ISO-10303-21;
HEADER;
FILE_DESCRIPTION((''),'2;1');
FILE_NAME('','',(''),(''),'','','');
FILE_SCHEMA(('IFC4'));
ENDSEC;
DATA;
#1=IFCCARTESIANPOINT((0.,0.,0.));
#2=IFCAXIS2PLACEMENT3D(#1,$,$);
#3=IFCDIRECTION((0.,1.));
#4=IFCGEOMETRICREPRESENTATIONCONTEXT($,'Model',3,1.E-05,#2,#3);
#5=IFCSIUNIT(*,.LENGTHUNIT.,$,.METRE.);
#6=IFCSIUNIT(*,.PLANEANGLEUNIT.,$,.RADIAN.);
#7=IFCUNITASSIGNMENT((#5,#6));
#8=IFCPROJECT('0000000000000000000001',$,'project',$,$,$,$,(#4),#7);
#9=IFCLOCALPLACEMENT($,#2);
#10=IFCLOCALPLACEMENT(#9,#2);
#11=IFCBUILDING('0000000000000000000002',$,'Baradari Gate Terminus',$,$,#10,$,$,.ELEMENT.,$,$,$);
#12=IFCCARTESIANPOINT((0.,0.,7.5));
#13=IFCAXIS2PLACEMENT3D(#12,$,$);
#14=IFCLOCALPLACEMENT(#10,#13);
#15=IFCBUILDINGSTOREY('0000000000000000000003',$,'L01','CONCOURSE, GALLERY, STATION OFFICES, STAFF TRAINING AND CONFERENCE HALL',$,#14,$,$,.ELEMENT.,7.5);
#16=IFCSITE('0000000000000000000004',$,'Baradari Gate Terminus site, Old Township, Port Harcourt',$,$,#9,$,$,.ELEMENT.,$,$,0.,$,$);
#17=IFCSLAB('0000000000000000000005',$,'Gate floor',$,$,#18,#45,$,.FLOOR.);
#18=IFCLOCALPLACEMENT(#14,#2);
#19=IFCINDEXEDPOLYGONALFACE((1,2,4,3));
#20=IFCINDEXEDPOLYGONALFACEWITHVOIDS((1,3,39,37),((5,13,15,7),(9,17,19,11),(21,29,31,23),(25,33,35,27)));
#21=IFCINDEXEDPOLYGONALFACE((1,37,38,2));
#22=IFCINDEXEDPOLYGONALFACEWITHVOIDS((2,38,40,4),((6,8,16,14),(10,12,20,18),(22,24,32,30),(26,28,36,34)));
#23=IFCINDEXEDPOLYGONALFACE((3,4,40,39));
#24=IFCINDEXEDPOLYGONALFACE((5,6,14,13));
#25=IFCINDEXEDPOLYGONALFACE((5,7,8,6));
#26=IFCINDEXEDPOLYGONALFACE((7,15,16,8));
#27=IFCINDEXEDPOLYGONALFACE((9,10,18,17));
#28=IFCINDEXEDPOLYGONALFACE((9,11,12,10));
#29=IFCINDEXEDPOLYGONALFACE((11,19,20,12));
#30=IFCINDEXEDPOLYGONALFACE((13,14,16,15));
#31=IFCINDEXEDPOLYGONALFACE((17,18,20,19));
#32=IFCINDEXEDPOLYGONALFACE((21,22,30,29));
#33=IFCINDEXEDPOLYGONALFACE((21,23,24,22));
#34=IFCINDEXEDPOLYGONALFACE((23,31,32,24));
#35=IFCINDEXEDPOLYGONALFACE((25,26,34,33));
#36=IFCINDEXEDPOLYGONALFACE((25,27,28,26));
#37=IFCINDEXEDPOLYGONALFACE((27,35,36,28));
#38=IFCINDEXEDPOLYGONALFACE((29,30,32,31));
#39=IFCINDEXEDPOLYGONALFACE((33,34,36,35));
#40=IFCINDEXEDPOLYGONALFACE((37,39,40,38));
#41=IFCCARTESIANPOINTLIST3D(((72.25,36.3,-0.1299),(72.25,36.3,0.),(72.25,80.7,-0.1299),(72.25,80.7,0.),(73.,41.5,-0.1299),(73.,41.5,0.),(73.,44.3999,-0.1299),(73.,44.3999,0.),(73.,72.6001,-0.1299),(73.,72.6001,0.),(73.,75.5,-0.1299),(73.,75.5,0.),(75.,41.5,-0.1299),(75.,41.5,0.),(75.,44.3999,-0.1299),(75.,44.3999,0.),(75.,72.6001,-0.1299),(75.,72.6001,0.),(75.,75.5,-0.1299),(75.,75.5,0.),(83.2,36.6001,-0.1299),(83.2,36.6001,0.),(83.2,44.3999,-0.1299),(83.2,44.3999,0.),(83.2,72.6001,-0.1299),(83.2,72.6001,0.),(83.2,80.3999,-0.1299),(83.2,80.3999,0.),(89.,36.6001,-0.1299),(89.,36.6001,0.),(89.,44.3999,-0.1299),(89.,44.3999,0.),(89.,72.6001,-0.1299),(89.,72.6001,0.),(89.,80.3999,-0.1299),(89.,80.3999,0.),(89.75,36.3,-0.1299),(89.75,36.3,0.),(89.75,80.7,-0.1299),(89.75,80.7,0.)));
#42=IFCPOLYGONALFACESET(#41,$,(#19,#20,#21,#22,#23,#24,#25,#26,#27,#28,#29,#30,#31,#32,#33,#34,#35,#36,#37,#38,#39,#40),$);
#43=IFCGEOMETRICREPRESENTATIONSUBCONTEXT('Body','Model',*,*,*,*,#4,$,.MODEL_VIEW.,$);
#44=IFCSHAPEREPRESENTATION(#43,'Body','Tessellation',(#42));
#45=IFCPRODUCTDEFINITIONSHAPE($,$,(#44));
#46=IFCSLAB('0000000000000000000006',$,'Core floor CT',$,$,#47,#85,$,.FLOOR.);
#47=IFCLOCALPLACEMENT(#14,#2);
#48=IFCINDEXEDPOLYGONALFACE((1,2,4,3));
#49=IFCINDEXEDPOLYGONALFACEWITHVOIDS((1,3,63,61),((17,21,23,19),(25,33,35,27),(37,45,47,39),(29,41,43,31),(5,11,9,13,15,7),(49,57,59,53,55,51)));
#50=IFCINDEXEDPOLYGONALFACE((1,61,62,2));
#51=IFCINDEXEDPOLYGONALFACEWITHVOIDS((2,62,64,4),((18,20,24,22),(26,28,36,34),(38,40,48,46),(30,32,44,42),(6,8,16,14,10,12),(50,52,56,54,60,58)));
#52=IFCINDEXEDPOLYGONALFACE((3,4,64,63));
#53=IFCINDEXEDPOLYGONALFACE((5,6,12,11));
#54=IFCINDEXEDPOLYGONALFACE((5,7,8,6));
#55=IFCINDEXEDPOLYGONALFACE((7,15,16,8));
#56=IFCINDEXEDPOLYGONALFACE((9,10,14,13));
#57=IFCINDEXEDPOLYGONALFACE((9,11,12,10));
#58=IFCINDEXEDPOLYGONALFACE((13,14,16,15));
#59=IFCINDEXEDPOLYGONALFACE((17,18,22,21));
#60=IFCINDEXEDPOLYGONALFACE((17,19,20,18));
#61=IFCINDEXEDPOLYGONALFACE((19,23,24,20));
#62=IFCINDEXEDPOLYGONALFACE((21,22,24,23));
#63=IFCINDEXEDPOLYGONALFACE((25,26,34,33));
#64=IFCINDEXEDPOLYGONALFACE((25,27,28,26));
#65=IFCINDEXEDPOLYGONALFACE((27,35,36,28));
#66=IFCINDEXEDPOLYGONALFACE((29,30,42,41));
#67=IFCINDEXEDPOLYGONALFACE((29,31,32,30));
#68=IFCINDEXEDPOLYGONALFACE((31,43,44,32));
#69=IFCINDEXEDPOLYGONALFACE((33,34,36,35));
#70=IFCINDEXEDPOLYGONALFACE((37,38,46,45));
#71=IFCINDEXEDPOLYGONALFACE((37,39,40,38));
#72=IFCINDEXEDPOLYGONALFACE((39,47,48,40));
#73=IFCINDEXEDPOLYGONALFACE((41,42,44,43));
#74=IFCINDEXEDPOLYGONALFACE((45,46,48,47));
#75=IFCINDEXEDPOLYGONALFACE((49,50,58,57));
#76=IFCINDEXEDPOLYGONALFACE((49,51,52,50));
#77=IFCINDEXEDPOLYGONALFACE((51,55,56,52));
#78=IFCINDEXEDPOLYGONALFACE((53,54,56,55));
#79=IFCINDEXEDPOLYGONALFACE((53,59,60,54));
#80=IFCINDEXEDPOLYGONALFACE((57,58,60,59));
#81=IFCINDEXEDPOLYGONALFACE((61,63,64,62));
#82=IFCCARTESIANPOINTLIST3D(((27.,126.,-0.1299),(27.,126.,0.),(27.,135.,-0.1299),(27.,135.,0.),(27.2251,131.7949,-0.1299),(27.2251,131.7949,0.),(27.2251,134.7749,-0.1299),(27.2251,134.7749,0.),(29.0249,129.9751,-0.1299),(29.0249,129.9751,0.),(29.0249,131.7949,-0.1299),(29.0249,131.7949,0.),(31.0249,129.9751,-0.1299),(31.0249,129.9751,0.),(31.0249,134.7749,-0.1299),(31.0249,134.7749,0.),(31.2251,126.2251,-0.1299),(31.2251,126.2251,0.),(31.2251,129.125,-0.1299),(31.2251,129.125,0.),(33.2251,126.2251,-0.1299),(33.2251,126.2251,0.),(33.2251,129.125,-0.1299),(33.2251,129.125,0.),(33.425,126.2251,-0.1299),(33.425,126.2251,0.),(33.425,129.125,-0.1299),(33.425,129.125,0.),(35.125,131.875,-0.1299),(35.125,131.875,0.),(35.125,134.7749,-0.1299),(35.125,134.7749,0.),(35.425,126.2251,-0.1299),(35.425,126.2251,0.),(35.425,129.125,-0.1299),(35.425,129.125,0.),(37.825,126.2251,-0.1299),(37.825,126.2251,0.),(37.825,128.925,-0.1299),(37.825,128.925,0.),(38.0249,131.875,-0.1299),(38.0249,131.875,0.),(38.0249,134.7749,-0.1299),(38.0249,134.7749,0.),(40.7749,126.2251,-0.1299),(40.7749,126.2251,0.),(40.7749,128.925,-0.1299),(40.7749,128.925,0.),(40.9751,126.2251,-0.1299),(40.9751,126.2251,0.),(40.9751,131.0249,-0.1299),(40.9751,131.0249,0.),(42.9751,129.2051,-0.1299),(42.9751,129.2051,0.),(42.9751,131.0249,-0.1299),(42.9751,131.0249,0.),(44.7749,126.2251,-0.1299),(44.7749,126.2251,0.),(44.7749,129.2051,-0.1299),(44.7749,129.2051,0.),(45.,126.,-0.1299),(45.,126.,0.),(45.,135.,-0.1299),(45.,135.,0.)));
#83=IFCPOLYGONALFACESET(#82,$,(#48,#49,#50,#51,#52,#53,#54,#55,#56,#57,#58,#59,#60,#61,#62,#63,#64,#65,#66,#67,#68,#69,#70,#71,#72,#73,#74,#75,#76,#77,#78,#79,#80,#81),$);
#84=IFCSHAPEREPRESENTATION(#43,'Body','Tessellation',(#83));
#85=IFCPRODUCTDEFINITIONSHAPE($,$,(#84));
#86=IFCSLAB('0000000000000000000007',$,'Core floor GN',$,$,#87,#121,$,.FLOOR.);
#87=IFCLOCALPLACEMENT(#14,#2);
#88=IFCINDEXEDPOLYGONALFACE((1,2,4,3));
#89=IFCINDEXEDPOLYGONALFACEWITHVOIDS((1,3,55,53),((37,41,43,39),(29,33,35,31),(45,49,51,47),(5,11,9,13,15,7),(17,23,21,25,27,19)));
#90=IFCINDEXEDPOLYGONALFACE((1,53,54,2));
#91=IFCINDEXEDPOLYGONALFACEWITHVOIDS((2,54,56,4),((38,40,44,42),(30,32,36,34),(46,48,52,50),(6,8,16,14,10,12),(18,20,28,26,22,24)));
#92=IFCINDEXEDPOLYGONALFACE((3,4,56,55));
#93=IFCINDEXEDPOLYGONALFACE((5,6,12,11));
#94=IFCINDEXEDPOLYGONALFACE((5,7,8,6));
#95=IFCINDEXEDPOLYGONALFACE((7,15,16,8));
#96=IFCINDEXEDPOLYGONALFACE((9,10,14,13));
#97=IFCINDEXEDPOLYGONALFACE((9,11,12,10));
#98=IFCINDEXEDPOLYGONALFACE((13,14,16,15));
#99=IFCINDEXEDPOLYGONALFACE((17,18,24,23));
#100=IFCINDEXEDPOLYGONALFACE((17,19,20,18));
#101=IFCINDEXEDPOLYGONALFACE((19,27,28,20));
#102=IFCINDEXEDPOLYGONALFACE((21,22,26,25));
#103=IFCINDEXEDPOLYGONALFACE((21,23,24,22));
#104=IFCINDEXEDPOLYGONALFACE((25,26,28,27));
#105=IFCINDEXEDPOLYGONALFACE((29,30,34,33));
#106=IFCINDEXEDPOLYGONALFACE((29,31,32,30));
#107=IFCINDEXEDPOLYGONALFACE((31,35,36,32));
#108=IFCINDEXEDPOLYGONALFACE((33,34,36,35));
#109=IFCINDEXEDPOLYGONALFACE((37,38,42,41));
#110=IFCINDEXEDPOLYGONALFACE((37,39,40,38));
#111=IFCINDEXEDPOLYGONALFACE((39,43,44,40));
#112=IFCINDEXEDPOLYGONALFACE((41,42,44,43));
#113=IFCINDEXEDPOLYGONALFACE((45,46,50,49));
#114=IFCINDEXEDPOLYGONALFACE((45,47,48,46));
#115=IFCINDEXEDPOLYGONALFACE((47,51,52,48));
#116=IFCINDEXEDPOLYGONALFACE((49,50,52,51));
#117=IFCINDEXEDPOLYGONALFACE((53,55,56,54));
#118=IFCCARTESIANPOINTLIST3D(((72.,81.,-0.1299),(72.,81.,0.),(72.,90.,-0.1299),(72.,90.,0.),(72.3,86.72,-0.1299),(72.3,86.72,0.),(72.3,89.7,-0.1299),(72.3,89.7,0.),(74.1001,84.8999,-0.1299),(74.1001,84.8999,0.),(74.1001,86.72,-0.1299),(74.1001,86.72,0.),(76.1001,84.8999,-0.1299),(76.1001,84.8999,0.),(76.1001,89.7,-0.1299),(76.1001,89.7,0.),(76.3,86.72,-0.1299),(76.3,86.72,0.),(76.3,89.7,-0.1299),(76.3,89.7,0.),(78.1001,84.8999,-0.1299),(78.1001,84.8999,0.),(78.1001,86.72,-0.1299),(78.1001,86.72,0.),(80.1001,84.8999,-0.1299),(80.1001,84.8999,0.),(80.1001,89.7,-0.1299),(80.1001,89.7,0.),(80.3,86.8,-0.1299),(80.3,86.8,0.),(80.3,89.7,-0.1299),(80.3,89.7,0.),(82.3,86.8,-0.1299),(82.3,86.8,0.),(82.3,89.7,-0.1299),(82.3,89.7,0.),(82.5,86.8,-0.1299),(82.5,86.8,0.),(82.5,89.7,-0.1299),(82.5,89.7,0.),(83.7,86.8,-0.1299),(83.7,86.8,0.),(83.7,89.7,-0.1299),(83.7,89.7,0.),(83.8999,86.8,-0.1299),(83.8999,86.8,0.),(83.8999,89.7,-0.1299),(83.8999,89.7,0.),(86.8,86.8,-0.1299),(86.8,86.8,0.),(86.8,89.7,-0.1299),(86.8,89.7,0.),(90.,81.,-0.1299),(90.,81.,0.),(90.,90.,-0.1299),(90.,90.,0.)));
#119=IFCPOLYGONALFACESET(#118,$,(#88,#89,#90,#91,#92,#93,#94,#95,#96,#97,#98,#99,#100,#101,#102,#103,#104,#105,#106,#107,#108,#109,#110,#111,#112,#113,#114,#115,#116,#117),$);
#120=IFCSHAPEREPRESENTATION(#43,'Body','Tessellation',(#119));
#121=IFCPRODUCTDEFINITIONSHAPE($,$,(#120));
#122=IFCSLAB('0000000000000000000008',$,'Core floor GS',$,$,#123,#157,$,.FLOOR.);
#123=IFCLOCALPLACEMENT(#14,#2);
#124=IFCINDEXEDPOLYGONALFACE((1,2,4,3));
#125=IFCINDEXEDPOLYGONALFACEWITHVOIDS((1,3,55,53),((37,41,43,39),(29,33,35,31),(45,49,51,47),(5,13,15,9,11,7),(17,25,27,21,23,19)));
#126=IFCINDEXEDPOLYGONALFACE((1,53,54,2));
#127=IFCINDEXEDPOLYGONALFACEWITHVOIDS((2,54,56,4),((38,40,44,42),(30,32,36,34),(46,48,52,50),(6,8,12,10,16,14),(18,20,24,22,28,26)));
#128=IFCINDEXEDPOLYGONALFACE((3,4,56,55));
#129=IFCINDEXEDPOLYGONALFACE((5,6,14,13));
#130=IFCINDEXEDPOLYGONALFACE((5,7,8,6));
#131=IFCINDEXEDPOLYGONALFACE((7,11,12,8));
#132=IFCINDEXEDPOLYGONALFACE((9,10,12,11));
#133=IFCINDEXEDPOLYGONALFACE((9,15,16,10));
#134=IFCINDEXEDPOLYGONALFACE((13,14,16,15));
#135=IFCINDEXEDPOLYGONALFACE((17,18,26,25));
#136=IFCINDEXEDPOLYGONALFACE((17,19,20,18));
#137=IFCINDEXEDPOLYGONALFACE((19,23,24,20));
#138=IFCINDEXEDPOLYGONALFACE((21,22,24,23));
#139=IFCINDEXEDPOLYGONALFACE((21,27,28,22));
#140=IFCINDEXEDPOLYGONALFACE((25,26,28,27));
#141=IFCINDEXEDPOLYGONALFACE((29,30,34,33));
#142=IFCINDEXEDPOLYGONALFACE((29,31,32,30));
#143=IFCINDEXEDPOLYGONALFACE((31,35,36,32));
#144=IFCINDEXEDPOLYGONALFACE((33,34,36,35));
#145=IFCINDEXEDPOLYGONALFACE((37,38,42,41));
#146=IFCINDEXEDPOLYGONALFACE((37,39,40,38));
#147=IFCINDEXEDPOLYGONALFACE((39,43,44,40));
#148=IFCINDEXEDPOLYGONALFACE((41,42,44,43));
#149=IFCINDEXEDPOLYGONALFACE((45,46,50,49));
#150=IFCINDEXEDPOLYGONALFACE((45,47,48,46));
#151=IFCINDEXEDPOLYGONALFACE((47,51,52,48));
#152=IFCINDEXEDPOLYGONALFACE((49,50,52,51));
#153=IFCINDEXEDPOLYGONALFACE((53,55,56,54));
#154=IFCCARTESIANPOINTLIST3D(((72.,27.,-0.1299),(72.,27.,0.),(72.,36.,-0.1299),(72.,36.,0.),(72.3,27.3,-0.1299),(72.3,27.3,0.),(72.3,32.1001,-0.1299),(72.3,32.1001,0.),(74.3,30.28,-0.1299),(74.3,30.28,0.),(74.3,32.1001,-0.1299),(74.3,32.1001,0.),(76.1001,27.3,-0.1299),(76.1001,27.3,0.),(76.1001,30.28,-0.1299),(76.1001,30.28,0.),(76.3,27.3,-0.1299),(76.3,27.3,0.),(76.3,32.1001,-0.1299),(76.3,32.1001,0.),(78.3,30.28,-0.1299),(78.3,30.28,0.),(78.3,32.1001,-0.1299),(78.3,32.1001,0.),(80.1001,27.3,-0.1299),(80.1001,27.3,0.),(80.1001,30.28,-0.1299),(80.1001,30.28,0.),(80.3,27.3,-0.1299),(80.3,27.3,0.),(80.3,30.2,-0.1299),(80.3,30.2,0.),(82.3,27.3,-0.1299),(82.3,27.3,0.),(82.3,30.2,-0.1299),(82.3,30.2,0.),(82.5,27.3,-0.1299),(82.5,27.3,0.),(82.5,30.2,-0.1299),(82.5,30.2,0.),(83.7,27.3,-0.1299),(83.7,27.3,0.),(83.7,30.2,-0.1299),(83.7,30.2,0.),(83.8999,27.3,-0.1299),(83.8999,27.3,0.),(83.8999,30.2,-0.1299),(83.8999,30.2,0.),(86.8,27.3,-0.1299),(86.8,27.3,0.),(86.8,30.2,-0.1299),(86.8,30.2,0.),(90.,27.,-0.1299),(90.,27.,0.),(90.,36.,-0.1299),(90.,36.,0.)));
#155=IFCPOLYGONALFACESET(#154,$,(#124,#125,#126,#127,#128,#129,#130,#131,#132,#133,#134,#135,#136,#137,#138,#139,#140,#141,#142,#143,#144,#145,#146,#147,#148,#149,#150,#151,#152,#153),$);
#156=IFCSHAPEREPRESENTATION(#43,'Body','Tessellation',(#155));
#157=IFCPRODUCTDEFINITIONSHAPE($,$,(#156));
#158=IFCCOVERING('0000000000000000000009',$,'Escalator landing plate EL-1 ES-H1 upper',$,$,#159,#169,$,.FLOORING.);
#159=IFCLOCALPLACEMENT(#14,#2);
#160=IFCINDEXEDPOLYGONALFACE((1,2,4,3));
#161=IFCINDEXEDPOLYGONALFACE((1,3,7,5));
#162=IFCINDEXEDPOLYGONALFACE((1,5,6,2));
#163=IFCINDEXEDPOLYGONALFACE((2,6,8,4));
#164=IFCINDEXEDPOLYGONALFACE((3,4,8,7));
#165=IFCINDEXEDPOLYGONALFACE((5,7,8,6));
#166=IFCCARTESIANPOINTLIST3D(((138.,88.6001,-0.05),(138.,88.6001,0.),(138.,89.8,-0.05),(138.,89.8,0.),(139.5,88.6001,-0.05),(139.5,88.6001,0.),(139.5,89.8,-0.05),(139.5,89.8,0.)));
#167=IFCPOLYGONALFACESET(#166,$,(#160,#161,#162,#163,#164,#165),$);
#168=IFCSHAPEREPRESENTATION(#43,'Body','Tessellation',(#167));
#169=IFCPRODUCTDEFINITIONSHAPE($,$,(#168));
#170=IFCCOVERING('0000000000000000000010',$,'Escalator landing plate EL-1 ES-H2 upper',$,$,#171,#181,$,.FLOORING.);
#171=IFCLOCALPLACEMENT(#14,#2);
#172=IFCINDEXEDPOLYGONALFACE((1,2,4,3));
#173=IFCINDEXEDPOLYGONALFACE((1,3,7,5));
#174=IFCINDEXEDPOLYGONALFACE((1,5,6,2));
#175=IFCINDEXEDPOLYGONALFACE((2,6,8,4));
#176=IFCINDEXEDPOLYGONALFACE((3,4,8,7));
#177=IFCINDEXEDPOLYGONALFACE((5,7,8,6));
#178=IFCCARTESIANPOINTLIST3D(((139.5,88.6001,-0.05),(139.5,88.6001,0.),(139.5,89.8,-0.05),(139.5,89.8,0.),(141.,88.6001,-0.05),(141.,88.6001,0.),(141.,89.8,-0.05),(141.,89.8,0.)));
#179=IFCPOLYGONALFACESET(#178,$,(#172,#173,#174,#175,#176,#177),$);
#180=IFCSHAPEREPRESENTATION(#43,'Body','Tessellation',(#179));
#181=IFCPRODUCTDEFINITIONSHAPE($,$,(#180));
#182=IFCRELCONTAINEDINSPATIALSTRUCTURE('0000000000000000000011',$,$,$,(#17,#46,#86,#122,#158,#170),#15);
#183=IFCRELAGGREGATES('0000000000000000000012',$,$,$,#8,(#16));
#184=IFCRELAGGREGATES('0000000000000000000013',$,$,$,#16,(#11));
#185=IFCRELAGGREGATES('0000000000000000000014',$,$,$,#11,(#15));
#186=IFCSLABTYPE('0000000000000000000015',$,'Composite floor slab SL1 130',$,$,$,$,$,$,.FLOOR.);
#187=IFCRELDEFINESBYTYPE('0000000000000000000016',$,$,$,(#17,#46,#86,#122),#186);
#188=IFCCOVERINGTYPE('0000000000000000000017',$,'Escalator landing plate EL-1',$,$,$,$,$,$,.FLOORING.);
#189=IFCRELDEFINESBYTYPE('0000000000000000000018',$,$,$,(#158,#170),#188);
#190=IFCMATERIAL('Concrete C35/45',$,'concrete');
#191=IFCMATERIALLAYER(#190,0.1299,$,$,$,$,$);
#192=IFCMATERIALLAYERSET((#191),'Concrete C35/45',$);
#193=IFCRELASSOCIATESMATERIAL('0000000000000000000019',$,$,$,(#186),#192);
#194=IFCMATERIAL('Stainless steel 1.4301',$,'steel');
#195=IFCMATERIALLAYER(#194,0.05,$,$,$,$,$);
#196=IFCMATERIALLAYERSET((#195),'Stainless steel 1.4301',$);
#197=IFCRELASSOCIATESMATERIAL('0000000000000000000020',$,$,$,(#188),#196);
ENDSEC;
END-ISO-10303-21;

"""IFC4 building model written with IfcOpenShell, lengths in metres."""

from ifc_helpers import new_model, si_unit, direction, frame, origin, place, context, subcontext, project, spatial, polyline, outline, extrude, material, layer, layer_set, type_object, element, save


model = new_model("IFC4")

# Units and contexts
model_context = context("Model", 3, precision=1e-05, world=origin(), true_north=direction((0.0, 1.0)))
body_context = subcontext(model_context, "Body", "Model", "MODEL_VIEW")
ifc_project = project(units=[si_unit("LENGTHUNIT", "METRE"), si_unit("PLANEANGLEUNIT", "RADIAN")], contexts=[model_context])

# Site, building, storey
site_placement = place(None, origin())
site = spatial("IfcSite", under=ifc_project, at=site_placement, Name="Baradari Gate Terminus site, Old Township, Port Harcourt", CompositionType="ELEMENT", RefElevation=0.0)
building_placement = place(site_placement, origin())
building = spatial("IfcBuilding", under=site, at=building_placement, Name="Baradari Gate Terminus", CompositionType="ELEMENT")
storey_placement = place(building_placement, frame((0.0, 0.0, 7.5)))
storey = spatial("IfcBuildingStorey", under=building, at=storey_placement, Name="L01", Description="CONCOURSE, GALLERY, STATION OFFICES, STAFF TRAINING AND CONFERENCE HALL", CompositionType="ELEMENT", Elevation=7.5)

# Slabs
ifc_material_1 = material(Name="Concrete C35/45", Category="concrete")
ifc_layer_1 = layer(ifc_material_1, 0.1299)
ifc_layer_set_1 = layer_set([ifc_layer_1], Name="Concrete C35/45")
slab_type_1 = type_object("IfcSlabType", Name="Composite floor slab SL1 130", PredefinedType="FLOOR", material=ifc_layer_set_1)
slab_1_placement = place(storey_placement, frame((0.0, 0.0, -0.1299)))
element("IfcSlab", 1, at=slab_1_placement, inside=storey, type_object=slab_type_1, Name="Gate floor", PredefinedType="FLOOR", context=body_context, shape_type="SweptSolid", body=[
    extrude(outline(polyline([(89.75, 36.3), (89.75, 80.7), (72.25, 80.7), (72.25, 36.3), (89.75, 36.3)]), holes=[polyline([(83.2, 80.3999), (83.2, 72.6001), (89.0, 72.6001), (89.0, 80.3999), (83.2, 80.3999)]), polyline([(83.2, 36.6001), (89.0, 36.6001), (89.0, 44.3999), (83.2, 44.3999), (83.2, 36.6001)]), polyline([(75.0, 44.3999), (73.0, 44.3999), (73.0, 41.5), (75.0, 41.5), (75.0, 44.3999)]), polyline([(75.0, 72.6001), (75.0, 75.5), (73.0, 75.5), (73.0, 72.6001), (75.0, 72.6001)])]), origin(), (0.0, 0.0, 1.0), 0.1299),
])
slab_2_placement = place(storey_placement, frame((0.0, 0.0, -0.1299)))
element("IfcSlab", 2, at=slab_2_placement, inside=storey, type_object=slab_type_1, Name="Core floor CT", PredefinedType="FLOOR", context=body_context, shape_type="SweptSolid", body=[
    extrude(outline(polyline([(27.0, 135.0), (27.0, 126.0), (45.0, 126.0), (45.0, 135.0), (27.0, 135.0)]), holes=[polyline([(44.7749, 126.2251), (44.7749, 129.2051), (42.9751, 129.2051), (42.9751, 131.0249), (40.9751, 131.0249), (40.9751, 126.2251), (44.7749, 126.2251)]), polyline([(40.7749, 128.925), (37.825, 128.925), (37.825, 126.2251), (40.7749, 126.2251), (40.7749, 128.925)]), polyline([(38.0249, 131.875), (38.0249, 134.7749), (35.125, 134.7749), (35.125, 131.875), (38.0249, 131.875)]), polyline([(35.425, 129.125), (33.425, 129.125), (33.425, 126.2251), (35.425, 126.2251), (35.425, 129.125)]), polyline([(31.2251, 129.125), (31.2251, 126.2251), (33.2251, 126.2251), (33.2251, 129.125), (31.2251, 129.125)]), polyline([(27.2251, 134.7749), (27.2251, 131.7949), (29.0249, 131.7949), (29.0249, 129.9751), (31.0249, 129.9751), (31.0249, 134.7749), (27.2251, 134.7749)])]), origin(), (0.0, 0.0, 1.0), 0.1299),
])
slab_3_placement = place(storey_placement, frame((0.0, 0.0, -0.1299)))
element("IfcSlab", 3, at=slab_3_placement, inside=storey, type_object=slab_type_1, Name="Core floor GN", PredefinedType="FLOOR", context=body_context, shape_type="SweptSolid", body=[
    extrude(outline(polyline([(72.0, 81.0), (90.0, 81.0), (90.0, 90.0), (72.0, 90.0), (72.0, 81.0)]), holes=[polyline([(86.8, 86.8), (86.8, 89.7), (83.8999, 89.7), (83.8999, 86.8), (86.8, 86.8)]), polyline([(83.7, 89.7), (82.5, 89.7), (82.5, 86.8), (83.7, 86.8), (83.7, 89.7)]), polyline([(82.3, 89.7), (80.3, 89.7), (80.3, 86.8), (82.3, 86.8), (82.3, 89.7)]), polyline([(76.3, 89.7), (76.3, 86.72), (78.1001, 86.72), (78.1001, 84.8999), (80.1001, 84.8999), (80.1001, 89.7), (76.3, 89.7)]), polyline([(72.3, 89.7), (72.3, 86.72), (74.1001, 86.72), (74.1001, 84.8999), (76.1001, 84.8999), (76.1001, 89.7), (72.3, 89.7)])]), origin(), (0.0, 0.0, 1.0), 0.1299),
])
slab_4_placement = place(storey_placement, frame((0.0, 0.0, -0.1299)))
element("IfcSlab", 4, at=slab_4_placement, inside=storey, type_object=slab_type_1, Name="Core floor GS", PredefinedType="FLOOR", context=body_context, shape_type="SweptSolid", body=[
    extrude(outline(polyline([(72.0, 27.0), (90.0, 27.0), (90.0, 36.0), (72.0, 36.0), (72.0, 27.0)]), holes=[polyline([(86.8, 27.3), (86.8, 30.2), (83.8999, 30.2), (83.8999, 27.3), (86.8, 27.3)]), polyline([(83.7, 30.2), (82.5, 30.2), (82.5, 27.3), (83.7, 27.3), (83.7, 30.2)]), polyline([(82.3, 30.2), (80.3, 30.2), (80.3, 27.3), (82.3, 27.3), (82.3, 30.2)]), polyline([(80.1001, 27.3), (80.1001, 30.28), (78.3, 30.28), (78.3, 32.1001), (76.3, 32.1001), (76.3, 27.3), (80.1001, 27.3)]), polyline([(76.1001, 27.3), (76.1001, 30.28), (74.3, 30.28), (74.3, 32.1001), (72.3, 32.1001), (72.3, 27.3), (76.1001, 27.3)])]), origin(), (0.0, 0.0, 1.0), 0.1299),
])

# Coverings
ifc_material_2 = material(Name="Stainless steel 1.4301", Category="steel")
ifc_layer_2 = layer(ifc_material_2, 0.05)
ifc_layer_set_2 = layer_set([ifc_layer_2], Name="Stainless steel 1.4301")
covering_type_1 = type_object("IfcCoveringType", Name="Escalator landing plate EL-1", PredefinedType="FLOORING", material=ifc_layer_set_2)
covering_1_placement = place(storey_placement, frame((0.0, 0.0, -0.05)))
element("IfcCovering", 5, at=covering_1_placement, inside=storey, type_object=covering_type_1, Name="Escalator landing plate EL-1 ES-H1 upper", PredefinedType="FLOORING", context=body_context, shape_type="SweptSolid", body=[
    extrude(outline(polyline([(138.0, 88.6001), (139.5, 88.6001), (139.5, 89.8), (138.0, 89.8), (138.0, 88.6001)])), origin(), (0.0, 0.0, 1.0), 0.05),
])
covering_2_placement = place(storey_placement, frame((0.0, 0.0, -0.05)))
element("IfcCovering", 6, at=covering_2_placement, inside=storey, type_object=covering_type_1, Name="Escalator landing plate EL-1 ES-H2 upper", PredefinedType="FLOORING", context=body_context, shape_type="SweptSolid", body=[
    extrude(outline(polyline([(139.5, 88.6001), (141.0, 88.6001), (141.0, 89.8), (139.5, 89.8), (139.5, 88.6001)])), origin(), (0.0, 0.0, 1.0), 0.05),
])

save(model, "model.ifc")
